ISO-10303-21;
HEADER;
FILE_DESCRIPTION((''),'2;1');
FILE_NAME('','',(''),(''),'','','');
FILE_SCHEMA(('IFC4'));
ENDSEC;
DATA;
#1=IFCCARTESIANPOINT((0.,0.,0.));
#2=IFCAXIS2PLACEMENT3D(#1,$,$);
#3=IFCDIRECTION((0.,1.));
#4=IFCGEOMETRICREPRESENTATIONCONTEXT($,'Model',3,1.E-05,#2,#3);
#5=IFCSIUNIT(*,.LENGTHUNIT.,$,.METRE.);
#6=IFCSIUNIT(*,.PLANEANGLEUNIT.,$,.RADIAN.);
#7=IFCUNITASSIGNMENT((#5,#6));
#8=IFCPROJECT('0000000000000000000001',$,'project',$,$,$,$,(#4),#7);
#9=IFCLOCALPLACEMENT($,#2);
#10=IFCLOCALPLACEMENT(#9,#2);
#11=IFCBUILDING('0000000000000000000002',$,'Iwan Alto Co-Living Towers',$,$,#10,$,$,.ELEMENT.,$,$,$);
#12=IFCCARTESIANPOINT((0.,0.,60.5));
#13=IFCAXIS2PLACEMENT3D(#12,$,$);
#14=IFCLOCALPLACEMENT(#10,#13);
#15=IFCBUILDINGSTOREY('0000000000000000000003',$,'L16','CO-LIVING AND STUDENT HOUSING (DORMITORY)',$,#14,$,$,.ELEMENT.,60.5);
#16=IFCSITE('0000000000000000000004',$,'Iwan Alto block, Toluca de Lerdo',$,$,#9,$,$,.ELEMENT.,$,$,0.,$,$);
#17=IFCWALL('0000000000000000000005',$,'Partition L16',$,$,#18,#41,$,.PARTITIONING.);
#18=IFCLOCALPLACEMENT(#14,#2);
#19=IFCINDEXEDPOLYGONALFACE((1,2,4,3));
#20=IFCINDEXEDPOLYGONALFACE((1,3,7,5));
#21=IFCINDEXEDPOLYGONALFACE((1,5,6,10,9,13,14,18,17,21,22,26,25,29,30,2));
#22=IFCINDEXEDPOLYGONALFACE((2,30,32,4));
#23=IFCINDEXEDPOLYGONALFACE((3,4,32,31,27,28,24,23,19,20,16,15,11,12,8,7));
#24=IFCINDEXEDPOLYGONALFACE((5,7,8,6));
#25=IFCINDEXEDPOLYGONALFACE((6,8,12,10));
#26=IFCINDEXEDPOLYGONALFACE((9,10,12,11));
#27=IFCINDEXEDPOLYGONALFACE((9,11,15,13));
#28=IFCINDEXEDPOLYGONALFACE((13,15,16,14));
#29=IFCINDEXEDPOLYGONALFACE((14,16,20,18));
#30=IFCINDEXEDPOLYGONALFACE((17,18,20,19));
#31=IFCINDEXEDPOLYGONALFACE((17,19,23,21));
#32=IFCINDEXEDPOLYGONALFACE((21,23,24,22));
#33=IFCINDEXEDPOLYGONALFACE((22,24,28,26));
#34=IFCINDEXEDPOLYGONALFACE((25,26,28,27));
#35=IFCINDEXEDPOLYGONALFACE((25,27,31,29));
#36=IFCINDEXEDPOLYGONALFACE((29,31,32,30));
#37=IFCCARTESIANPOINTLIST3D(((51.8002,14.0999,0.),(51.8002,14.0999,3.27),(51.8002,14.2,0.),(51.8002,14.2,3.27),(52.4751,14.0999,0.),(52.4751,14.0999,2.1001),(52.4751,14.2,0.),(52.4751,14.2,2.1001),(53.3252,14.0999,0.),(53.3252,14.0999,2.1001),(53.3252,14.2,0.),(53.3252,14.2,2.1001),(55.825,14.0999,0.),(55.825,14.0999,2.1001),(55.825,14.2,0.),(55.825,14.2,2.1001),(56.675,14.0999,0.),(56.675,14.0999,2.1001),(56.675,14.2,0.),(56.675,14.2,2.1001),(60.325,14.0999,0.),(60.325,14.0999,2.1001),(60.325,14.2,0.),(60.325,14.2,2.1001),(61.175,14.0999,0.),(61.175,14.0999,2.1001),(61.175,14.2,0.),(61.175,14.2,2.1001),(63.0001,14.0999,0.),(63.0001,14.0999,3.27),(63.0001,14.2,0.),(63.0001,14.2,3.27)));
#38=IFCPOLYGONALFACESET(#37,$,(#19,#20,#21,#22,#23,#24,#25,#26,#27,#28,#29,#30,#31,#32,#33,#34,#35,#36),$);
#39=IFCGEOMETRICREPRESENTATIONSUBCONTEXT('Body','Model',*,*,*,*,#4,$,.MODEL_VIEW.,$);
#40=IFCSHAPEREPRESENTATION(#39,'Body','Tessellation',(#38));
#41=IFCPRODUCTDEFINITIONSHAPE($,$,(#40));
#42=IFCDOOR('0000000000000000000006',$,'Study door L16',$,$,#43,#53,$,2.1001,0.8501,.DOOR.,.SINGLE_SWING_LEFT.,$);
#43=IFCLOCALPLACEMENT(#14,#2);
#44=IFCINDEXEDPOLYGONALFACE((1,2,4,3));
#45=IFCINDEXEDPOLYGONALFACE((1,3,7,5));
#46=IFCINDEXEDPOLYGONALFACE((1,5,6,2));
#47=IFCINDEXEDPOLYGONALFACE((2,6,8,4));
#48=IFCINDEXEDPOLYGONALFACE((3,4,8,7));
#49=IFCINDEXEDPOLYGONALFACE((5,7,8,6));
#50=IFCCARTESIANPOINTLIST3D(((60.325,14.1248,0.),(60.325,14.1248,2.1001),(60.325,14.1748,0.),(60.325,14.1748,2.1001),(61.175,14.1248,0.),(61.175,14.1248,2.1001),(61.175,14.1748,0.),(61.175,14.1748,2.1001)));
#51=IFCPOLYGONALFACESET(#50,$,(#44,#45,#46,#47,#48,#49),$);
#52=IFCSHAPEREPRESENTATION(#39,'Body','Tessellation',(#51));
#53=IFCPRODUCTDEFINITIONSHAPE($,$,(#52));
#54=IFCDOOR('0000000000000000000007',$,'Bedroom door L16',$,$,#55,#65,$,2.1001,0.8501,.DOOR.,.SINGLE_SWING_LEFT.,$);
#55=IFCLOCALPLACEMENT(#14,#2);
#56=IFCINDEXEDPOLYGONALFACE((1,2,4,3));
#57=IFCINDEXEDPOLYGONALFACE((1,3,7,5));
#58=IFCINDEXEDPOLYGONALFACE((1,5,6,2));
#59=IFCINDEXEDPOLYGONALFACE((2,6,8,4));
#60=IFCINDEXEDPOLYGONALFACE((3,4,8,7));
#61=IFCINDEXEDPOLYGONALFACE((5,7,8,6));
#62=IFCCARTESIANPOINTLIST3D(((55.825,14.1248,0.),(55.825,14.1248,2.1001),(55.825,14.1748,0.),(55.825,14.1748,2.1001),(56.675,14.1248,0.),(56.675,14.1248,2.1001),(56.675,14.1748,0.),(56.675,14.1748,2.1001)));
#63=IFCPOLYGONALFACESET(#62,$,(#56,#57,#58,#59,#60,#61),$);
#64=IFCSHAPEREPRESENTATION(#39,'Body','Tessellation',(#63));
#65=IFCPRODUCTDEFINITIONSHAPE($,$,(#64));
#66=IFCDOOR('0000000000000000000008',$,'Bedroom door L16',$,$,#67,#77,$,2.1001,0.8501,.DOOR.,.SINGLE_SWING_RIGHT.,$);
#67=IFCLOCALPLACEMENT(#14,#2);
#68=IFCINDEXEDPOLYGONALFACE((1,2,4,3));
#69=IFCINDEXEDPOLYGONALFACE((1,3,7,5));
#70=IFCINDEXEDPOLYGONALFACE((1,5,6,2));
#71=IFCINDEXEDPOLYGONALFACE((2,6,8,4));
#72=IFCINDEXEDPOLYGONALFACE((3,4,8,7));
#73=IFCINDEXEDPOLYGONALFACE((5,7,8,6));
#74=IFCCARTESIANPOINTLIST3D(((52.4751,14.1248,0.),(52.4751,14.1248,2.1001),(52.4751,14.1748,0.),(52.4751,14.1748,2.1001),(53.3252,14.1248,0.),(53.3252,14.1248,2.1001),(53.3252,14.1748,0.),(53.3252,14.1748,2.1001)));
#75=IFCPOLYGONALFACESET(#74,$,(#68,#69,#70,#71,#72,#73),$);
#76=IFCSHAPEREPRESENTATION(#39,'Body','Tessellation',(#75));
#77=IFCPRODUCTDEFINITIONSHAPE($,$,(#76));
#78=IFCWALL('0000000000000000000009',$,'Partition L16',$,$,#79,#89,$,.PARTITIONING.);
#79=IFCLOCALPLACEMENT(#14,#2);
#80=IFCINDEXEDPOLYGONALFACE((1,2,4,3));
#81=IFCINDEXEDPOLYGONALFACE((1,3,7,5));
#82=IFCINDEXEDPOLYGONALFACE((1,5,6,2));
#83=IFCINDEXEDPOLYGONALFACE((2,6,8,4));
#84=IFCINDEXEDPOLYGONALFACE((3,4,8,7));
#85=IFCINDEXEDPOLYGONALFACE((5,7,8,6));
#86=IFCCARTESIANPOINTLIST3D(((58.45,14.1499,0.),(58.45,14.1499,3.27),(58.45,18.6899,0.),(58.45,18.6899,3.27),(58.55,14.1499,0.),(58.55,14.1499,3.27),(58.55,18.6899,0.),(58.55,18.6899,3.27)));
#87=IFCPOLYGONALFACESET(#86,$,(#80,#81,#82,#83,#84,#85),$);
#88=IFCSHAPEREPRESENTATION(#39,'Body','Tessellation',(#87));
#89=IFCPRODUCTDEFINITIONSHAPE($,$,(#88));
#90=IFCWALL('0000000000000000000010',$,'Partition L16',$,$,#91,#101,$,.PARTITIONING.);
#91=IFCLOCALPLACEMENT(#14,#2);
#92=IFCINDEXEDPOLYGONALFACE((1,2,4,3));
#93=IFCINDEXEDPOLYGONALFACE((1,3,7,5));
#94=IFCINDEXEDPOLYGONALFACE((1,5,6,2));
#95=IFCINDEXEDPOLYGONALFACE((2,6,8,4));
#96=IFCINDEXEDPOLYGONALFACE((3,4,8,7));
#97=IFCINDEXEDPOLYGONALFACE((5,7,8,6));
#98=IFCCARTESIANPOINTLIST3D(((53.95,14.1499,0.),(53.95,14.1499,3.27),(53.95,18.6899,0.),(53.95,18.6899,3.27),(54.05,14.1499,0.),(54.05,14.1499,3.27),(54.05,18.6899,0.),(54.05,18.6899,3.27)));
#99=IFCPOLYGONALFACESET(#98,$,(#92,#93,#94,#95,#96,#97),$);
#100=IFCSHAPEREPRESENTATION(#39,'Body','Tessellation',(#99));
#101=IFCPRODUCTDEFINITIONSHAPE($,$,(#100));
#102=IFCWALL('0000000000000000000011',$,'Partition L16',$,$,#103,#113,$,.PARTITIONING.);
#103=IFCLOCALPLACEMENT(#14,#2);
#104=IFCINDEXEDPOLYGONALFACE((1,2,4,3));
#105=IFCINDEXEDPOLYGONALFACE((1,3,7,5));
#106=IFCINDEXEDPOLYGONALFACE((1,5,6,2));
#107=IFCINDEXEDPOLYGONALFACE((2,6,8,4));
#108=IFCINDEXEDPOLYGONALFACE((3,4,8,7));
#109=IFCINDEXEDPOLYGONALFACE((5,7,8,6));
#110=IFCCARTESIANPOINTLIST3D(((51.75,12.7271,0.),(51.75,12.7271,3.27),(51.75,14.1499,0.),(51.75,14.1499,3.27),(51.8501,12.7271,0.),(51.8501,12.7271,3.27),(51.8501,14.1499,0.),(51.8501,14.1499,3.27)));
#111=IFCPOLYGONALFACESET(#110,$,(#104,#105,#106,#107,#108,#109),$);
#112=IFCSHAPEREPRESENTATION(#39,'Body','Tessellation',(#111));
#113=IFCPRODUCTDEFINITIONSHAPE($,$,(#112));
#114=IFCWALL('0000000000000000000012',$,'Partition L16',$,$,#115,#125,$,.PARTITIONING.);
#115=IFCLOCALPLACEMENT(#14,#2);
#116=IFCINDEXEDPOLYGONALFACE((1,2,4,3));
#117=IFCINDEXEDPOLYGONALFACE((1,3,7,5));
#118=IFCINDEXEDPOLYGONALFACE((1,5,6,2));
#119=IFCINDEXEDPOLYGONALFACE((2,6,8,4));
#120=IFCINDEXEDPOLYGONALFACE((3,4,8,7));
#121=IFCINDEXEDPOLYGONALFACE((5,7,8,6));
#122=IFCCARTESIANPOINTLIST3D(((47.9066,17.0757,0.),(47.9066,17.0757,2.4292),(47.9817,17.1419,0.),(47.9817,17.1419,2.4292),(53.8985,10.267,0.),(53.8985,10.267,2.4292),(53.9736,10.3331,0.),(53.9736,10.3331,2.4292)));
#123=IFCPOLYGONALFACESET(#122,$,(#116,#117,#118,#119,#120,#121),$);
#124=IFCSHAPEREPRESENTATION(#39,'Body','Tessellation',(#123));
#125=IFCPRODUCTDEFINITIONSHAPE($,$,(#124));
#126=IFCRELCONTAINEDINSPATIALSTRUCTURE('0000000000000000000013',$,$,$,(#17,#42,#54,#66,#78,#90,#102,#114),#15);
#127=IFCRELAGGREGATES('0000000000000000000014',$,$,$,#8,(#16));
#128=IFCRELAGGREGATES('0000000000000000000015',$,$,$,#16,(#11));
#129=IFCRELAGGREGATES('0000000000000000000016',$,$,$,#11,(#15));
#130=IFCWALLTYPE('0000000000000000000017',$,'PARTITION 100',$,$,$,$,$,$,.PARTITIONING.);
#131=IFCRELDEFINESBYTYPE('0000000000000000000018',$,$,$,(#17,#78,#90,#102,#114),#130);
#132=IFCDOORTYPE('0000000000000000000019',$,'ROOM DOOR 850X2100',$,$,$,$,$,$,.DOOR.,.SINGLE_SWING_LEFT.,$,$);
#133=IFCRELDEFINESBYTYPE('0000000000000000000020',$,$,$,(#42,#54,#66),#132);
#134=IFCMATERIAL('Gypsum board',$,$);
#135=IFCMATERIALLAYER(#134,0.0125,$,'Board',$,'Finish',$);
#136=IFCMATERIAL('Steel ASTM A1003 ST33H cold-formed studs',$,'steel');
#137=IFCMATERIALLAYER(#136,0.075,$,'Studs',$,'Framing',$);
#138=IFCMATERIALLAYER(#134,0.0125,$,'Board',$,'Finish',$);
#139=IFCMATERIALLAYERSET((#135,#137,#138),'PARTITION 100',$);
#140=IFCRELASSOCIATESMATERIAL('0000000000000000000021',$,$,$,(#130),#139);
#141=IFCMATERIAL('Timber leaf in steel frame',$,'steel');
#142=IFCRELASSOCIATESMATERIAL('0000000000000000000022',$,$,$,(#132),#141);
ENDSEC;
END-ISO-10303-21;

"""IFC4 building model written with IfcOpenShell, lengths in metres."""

from ifc_helpers import new_model, si_unit, direction, frame, frame_2d, origin, place, context, subcontext, project, spatial, rectangle, extrude, material, layer, layer_set, type_object, element, fill, save


model = new_model("IFC4")

# Units and contexts
model_context = context("Model", 3, precision=1e-05, world=origin(), true_north=direction((0.0, 1.0)))
body_context = subcontext(model_context, "Body", "Model", "MODEL_VIEW")
ifc_project = project(units=[si_unit("LENGTHUNIT", "METRE"), si_unit("PLANEANGLEUNIT", "RADIAN")], contexts=[model_context])

# Site, building, storey
site_placement = place(None, origin())
site = spatial("IfcSite", under=ifc_project, at=site_placement, Name="Iwan Alto block, Toluca de Lerdo", CompositionType="ELEMENT", RefElevation=0.0)
building_placement = place(site_placement, origin())
building = spatial("IfcBuilding", under=site, at=building_placement, Name="Iwan Alto Co-Living Towers", CompositionType="ELEMENT")
storey_placement = place(building_placement, frame((0.0, 0.0, 60.5)))
storey = spatial("IfcBuildingStorey", under=building, at=storey_placement, Name="L16", Description="CO-LIVING AND STUDENT HOUSING (DORMITORY)", CompositionType="ELEMENT", Elevation=60.5)

# Shared definitions
ifc_material_1 = material(Name="Gypsum board")
ifc_material_2 = material(Name="Steel ASTM A1003 ST33H cold-formed studs", Category="steel")

# Wall, openings, doors
ifc_layer_1 = layer(ifc_material_1, 0.0125, Name="Board", Category="Finish")
ifc_layer_2 = layer(ifc_material_2, 0.075, Name="Studs", Category="Framing")
ifc_layer_3 = layer(ifc_material_1, 0.0125, Name="Board", Category="Finish")
ifc_layer_set_1 = layer_set([ifc_layer_1, ifc_layer_2, ifc_layer_3], Name="PARTITION 100")
wall_type_1 = type_object("IfcWallType", Name="PARTITION 100", PredefinedType="PARTITIONING", material=ifc_layer_set_1)
wall_1_placement = place(storey_placement, frame((51.8, 14.1499, 0.0), z_axis=(0.0, 0.0, 1.0), x_axis=(1.0, 0.0, 0.0)))
wall_1 = element("IfcWall", 1, at=wall_1_placement, inside=storey, type_object=wall_type_1, Name="Partition L16", PredefinedType="PARTITIONING", context=body_context, shape_type="SweptSolid", body=[
    extrude(rectangle(XDim=11.2, YDim=0.1001, at=frame_2d((5.6001, 0.0))), origin(), (0.0, 0.0, 1.0), 3.27),
])
opening_1_placement = place(wall_1_placement, frame((8.5249, 0.0, 0.0)))
opening_1 = element("IfcOpeningElement", 2, at=opening_1_placement, cuts=wall_1, PredefinedType="OPENING", context=body_context, shape_type="SweptSolid", body=[
    extrude(rectangle(XDim=0.8501, YDim=2.1001, at=frame_2d((0.425, 1.05))), frame((0.0, 0.0601, 0.0), z_axis=(0.0, -1.0, 0.0), x_axis=(1.0, 0.0, 0.0)), (0.0, 0.0, 1.0), 0.1201),
])
opening_2_placement = place(wall_1_placement, frame((4.0249, 0.0, 0.0)))
opening_2 = element("IfcOpeningElement", 3, at=opening_2_placement, cuts=wall_1, PredefinedType="OPENING", context=body_context, shape_type="SweptSolid", body=[
    extrude(rectangle(XDim=0.8501, YDim=2.1001, at=frame_2d((0.425, 1.05))), frame((0.0, 0.0601, 0.0), z_axis=(0.0, -1.0, 0.0), x_axis=(1.0, 0.0, 0.0)), (0.0, 0.0, 1.0), 0.1201),
])
opening_3_placement = place(wall_1_placement, frame((0.675, 0.0, 0.0)))
opening_3 = element("IfcOpeningElement", 4, at=opening_3_placement, cuts=wall_1, PredefinedType="OPENING", context=body_context, shape_type="SweptSolid", body=[
    extrude(rectangle(XDim=0.8501, YDim=2.1001, at=frame_2d((0.425, 1.05))), frame((0.0, 0.0601, 0.0), z_axis=(0.0, -1.0, 0.0), x_axis=(1.0, 0.0, 0.0)), (0.0, 0.0, 1.0), 0.1201),
])
ifc_material_3 = material(Name="Timber leaf in steel frame", Category="steel")
door_type_1 = type_object("IfcDoorType", Name="ROOM DOOR 850X2100", OperationType="SINGLE_SWING_LEFT", PredefinedType="DOOR", material=ifc_material_3)
door_1_placement = place(opening_1_placement, origin())
door_1 = element("IfcDoor", 5, at=door_1_placement, inside=storey, type_object=door_type_1, Name="Study door L16", OperationType="SINGLE_SWING_LEFT", OverallHeight=2.1001, OverallWidth=0.8501, PredefinedType="DOOR", context=body_context, shape_type="SweptSolid", body=[
    extrude(rectangle(XDim=0.8501, YDim=2.1001, at=frame_2d((0.425, 1.05))), frame((0.0, 0.0249, 0.0), z_axis=(0.0, -1.0, 0.0), x_axis=(1.0, 0.0, 0.0)), (0.0, 0.0, 1.0), 0.05),
])
fill(opening_1, door_1)
door_2_placement = place(opening_2_placement, origin())
door_2 = element("IfcDoor", 6, at=door_2_placement, inside=storey, type_object=door_type_1, Name="Bedroom door L16", OperationType="SINGLE_SWING_LEFT", OverallHeight=2.1001, OverallWidth=0.8501, PredefinedType="DOOR", context=body_context, shape_type="SweptSolid", body=[
    extrude(rectangle(XDim=0.8501, YDim=2.1001, at=frame_2d((0.425, 1.05))), frame((0.0, 0.0249, 0.0), z_axis=(0.0, -1.0, 0.0), x_axis=(1.0, 0.0, 0.0)), (0.0, 0.0, 1.0), 0.05),
])
fill(opening_2, door_2)
door_3_placement = place(opening_3_placement, origin())
door_3 = element("IfcDoor", 7, at=door_3_placement, inside=storey, type_object=door_type_1, Name="Bedroom door L16", OperationType="SINGLE_SWING_RIGHT", OverallHeight=2.1001, OverallWidth=0.8501, PredefinedType="DOOR", context=body_context, shape_type="SweptSolid", body=[
    extrude(rectangle(XDim=0.8501, YDim=2.1001, at=frame_2d((0.425, 1.05))), frame((0.0, 0.0249, 0.0), z_axis=(0.0, -1.0, 0.0), x_axis=(1.0, 0.0, 0.0)), (0.0, 0.0, 1.0), 0.05),
])
fill(opening_3, door_3)

# Walls
for number, where, z_axis, x_axis, name in (
    (8, (58.5, 14.1499, 0.0), (0.0, 0.0, 1.0), (0.0, 1.0, 0.0), "Partition L16"),
    (9, (54.0, 14.1499, 0.0), (0.0, 0.0, 1.0), (0.0, 1.0, 0.0), "Partition L16"),
):
    element("IfcWall", number, at=place(storey_placement, frame(where, z_axis=z_axis, x_axis=x_axis)), inside=storey, type_object=wall_type_1, Name=name, PredefinedType="PARTITIONING", context=body_context, shape_type="SweptSolid", body=[
        extrude(rectangle(XDim=4.54, YDim=0.1001, at=frame_2d((2.27, 0.0))), origin(), (0.0, 0.0, 1.0), 3.27),
    ])
wall_2_placement = place(storey_placement, frame((51.8, 12.7271, 0.0), z_axis=(0.0, 0.0, 1.0), x_axis=(0.0, 1.0, 0.0)))
element("IfcWall", 10, at=wall_2_placement, inside=storey, type_object=wall_type_1, Name="Partition L16", PredefinedType="PARTITIONING", context=body_context, shape_type="SweptSolid", body=[
    extrude(rectangle(XDim=1.4229, YDim=0.1001, at=frame_2d((0.7114, 0.0))), origin(), (0.0, 0.0, 1.0), 3.27),
])
wall_3_placement = place(storey_placement, frame((53.936, 10.3, 0.0), z_axis=(0.0, 0.0, 1.0), x_axis=(-0.660638, 0.750704, 0.0)))
element("IfcWall", 11, at=wall_3_placement, inside=storey, type_object=wall_type_1, Name="Partition L16", PredefinedType="PARTITIONING", context=body_context, shape_type="SweptSolid", body=[
    extrude(rectangle(XDim=9.0698, YDim=0.1001, at=frame_2d((4.5349, 0.0))), origin(), (0.0, 0.0, 1.0), 2.4292),
])

save(model, "model.ifc")
